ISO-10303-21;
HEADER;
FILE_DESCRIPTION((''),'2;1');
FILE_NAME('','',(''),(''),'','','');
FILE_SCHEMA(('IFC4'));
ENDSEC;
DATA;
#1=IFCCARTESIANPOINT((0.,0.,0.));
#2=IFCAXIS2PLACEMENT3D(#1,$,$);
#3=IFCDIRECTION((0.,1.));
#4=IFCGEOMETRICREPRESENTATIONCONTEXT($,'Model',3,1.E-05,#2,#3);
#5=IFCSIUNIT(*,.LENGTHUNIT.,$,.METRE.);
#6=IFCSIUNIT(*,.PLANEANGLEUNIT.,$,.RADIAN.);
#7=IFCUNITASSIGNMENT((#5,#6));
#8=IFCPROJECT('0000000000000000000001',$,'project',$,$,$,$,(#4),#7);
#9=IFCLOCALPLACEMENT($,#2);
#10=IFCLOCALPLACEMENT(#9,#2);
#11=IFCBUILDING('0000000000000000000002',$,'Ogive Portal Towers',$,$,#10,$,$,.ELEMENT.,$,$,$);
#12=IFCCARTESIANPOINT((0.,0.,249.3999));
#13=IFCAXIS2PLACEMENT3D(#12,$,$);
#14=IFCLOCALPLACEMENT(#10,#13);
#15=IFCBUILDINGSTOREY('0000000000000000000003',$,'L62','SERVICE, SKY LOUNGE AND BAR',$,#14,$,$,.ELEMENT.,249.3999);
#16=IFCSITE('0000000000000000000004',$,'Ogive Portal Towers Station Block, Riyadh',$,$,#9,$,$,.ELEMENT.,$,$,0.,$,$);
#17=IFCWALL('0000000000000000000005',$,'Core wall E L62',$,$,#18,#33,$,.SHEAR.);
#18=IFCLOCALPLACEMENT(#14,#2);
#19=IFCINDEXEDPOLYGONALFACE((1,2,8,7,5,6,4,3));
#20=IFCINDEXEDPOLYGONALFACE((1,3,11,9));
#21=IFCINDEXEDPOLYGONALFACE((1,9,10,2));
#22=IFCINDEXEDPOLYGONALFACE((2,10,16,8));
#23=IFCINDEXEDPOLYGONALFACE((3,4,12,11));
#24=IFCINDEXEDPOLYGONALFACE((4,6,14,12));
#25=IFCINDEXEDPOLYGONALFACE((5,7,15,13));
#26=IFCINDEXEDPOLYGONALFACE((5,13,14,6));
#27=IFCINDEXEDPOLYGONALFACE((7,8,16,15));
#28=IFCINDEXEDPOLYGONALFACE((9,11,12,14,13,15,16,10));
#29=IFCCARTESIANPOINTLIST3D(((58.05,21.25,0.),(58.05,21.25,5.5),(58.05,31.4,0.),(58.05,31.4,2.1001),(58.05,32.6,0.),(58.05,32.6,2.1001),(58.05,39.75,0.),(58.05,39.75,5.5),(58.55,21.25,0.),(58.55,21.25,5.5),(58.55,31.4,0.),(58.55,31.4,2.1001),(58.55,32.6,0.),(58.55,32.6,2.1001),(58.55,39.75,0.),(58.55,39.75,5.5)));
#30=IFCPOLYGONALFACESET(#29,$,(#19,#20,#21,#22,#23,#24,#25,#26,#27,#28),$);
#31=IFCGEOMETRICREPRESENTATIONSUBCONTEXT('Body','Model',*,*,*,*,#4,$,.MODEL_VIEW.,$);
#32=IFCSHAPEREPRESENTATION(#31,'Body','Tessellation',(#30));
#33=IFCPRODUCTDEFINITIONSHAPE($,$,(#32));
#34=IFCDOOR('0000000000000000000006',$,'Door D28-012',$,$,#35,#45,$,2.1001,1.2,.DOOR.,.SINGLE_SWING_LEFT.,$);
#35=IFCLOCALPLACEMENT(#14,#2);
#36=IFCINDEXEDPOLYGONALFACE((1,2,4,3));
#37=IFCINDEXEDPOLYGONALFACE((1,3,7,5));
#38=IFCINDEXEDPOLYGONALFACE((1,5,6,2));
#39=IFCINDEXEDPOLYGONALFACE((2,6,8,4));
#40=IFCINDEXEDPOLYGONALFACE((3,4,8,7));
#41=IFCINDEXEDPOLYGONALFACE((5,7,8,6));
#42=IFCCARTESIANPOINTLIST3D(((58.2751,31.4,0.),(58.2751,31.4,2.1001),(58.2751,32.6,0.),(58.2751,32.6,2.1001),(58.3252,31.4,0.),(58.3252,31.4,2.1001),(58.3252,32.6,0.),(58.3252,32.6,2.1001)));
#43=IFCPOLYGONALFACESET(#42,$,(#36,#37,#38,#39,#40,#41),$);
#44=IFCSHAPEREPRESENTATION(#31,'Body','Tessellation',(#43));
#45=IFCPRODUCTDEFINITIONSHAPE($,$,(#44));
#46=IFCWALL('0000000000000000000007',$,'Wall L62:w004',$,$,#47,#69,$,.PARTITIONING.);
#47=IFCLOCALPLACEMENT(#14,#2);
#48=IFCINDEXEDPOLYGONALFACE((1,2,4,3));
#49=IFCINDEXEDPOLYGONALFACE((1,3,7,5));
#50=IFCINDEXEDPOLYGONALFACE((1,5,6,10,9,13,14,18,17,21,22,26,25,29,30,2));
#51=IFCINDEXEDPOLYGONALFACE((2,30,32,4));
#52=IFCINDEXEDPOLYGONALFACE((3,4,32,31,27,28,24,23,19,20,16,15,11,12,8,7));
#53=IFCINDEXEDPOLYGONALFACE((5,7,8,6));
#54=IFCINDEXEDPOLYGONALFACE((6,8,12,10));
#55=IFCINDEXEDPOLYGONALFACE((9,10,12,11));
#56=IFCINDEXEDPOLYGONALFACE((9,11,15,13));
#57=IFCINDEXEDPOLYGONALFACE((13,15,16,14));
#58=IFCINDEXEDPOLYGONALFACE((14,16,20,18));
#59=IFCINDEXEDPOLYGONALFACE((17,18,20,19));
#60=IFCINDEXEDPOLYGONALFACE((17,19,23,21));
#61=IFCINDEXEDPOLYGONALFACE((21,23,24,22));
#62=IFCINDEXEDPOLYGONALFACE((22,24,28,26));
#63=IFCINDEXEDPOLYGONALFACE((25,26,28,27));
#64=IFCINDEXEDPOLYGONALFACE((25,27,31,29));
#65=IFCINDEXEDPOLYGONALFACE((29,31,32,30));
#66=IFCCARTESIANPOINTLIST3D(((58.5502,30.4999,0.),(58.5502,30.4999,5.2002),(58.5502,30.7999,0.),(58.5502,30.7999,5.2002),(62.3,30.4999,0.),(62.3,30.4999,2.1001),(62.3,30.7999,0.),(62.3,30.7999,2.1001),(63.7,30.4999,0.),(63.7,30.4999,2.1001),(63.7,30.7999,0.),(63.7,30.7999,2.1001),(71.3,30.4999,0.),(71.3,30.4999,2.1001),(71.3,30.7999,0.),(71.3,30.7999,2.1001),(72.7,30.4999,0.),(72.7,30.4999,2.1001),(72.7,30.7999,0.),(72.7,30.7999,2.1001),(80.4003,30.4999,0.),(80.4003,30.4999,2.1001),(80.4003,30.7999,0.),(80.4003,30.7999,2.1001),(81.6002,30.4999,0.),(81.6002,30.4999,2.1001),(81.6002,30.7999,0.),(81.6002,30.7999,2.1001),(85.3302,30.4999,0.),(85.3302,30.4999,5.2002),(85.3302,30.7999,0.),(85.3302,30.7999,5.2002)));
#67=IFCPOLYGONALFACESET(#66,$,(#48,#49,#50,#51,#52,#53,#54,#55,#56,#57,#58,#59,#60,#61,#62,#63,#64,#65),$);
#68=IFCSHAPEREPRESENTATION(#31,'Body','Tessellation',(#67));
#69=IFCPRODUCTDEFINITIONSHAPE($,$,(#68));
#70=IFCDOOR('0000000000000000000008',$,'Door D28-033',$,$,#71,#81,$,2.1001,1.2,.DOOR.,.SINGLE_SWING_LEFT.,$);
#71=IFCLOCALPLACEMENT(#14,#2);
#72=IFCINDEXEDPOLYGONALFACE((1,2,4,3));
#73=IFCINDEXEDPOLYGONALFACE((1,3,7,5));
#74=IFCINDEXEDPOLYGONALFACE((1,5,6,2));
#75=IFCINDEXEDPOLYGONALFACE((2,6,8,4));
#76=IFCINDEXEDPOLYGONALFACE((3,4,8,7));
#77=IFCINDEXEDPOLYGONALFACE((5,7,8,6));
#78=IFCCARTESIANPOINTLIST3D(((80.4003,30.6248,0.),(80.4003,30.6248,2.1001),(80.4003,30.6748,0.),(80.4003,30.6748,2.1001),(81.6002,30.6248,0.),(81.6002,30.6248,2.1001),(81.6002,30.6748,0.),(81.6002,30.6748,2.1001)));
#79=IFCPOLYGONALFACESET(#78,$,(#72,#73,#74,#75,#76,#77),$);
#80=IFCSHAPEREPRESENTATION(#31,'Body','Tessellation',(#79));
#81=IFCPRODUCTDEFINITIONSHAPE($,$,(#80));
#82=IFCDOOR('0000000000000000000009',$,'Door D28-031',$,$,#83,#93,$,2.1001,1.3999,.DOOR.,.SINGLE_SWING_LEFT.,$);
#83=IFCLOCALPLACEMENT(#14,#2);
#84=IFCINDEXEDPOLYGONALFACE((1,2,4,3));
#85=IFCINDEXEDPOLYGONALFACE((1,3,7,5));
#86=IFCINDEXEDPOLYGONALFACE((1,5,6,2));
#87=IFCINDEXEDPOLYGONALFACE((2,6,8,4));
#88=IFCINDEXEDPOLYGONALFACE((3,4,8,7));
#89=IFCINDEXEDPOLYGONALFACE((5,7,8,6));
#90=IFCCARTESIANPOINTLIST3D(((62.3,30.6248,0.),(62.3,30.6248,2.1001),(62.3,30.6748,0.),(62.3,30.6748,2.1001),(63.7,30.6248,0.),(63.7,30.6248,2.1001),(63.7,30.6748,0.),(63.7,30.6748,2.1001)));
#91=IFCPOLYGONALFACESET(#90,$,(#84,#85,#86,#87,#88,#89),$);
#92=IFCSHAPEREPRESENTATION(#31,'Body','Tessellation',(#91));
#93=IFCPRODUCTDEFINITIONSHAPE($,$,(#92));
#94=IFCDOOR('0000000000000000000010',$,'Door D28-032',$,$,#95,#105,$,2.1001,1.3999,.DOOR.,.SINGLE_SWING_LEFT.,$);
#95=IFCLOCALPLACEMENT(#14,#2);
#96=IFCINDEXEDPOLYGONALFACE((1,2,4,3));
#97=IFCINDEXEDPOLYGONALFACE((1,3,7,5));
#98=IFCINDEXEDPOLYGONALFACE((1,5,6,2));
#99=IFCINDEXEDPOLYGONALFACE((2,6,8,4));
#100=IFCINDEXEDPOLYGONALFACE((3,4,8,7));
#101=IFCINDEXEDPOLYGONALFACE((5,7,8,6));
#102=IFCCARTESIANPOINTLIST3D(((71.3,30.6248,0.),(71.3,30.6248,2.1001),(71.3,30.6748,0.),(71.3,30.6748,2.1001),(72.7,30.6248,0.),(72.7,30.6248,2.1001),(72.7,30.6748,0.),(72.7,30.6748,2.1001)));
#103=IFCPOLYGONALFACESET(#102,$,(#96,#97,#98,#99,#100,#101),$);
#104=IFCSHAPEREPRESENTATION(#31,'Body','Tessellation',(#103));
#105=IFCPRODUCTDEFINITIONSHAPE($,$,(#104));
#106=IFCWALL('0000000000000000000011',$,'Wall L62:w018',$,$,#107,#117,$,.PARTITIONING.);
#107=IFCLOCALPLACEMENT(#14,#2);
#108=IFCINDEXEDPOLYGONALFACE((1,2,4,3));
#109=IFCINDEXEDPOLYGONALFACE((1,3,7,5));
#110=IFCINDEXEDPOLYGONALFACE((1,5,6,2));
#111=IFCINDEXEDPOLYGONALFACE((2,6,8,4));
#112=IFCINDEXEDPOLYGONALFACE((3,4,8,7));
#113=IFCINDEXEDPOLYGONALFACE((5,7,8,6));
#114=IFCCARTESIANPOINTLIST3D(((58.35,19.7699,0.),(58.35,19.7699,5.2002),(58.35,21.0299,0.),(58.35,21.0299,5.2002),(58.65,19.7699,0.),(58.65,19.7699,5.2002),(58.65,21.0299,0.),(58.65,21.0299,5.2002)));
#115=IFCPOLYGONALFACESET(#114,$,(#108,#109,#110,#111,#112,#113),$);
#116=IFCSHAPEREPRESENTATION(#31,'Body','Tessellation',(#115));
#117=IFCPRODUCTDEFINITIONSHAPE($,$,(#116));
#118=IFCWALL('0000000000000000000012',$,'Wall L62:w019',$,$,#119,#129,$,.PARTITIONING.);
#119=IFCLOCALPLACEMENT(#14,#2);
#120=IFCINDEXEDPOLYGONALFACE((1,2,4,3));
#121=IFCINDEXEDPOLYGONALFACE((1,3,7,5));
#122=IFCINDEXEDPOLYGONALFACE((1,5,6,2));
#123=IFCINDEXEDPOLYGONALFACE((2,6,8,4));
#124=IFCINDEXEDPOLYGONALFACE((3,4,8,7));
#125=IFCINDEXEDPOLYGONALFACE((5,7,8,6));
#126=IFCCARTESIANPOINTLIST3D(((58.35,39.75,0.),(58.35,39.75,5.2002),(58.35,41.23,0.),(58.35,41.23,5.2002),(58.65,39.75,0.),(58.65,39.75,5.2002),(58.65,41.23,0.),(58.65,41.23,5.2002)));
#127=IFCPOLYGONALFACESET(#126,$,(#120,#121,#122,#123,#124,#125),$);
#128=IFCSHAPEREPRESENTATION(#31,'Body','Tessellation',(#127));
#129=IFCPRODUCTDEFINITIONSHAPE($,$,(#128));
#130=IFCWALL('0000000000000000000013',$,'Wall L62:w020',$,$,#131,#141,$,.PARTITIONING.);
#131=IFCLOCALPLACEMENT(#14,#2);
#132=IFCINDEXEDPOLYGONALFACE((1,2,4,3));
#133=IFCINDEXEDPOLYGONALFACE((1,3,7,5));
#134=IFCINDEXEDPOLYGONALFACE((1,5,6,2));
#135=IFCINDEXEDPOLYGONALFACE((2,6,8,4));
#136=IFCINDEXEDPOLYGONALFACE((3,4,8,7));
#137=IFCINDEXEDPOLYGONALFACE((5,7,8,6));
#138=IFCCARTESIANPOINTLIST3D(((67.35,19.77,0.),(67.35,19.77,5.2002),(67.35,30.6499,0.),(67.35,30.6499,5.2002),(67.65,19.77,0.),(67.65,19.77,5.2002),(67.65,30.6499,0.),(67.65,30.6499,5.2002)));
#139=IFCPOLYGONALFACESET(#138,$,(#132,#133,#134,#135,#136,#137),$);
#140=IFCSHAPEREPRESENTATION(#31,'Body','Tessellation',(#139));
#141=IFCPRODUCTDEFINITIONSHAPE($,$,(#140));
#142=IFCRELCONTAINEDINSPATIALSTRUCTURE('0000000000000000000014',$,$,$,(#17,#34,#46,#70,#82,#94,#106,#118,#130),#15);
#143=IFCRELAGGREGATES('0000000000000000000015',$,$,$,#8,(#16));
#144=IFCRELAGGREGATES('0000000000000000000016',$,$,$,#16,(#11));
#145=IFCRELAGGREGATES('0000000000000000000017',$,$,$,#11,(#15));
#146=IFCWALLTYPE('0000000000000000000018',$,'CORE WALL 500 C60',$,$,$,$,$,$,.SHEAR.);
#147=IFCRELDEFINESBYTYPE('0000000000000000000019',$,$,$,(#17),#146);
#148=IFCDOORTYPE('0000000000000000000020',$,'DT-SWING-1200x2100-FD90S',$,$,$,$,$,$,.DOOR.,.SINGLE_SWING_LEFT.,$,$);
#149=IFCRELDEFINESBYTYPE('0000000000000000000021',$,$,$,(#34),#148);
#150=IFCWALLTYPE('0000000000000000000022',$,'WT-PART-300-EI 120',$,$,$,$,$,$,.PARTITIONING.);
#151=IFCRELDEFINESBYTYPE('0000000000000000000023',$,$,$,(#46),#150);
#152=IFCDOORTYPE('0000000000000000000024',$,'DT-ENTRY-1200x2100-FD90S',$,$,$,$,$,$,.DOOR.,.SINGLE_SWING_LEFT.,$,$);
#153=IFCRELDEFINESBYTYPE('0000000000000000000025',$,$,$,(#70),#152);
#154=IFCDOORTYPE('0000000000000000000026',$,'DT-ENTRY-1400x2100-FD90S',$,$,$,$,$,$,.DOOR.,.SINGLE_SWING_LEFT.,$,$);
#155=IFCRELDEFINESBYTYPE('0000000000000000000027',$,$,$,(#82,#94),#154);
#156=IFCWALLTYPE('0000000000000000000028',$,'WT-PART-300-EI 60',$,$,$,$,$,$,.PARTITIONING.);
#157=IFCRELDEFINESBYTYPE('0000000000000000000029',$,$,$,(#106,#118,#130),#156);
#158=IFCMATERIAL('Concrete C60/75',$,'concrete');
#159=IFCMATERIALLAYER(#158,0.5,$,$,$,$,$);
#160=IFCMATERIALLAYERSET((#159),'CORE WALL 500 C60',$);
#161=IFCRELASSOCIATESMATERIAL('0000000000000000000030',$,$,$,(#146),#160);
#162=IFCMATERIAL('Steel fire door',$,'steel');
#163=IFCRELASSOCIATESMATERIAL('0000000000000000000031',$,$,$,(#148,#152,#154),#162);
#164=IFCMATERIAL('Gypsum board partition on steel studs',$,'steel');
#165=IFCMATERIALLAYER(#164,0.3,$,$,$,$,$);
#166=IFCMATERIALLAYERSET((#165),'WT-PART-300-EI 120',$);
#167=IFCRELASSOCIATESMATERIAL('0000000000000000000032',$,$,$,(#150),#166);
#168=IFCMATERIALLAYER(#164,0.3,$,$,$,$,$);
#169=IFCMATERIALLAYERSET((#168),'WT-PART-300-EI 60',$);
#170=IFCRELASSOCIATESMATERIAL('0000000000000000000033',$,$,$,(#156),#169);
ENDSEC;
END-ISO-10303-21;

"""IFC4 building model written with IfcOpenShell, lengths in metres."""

from ifc_helpers import new_model, si_unit, direction, frame, frame_2d, origin, place, context, subcontext, project, spatial, rectangle, extrude, material, layer, layer_set, type_object, element, fill, save


model = new_model("IFC4")

# Units and contexts
model_context = context("Model", 3, precision=1e-05, world=origin(), true_north=direction((0.0, 1.0)))
body_context = subcontext(model_context, "Body", "Model", "MODEL_VIEW")
ifc_project = project(units=[si_unit("LENGTHUNIT", "METRE"), si_unit("PLANEANGLEUNIT", "RADIAN")], contexts=[model_context])

# Site, building, storey
site_placement = place(None, origin())
site = spatial("IfcSite", under=ifc_project, at=site_placement, Name="Ogive Portal Towers Station Block, Riyadh", CompositionType="ELEMENT", RefElevation=0.0)
building_placement = place(site_placement, origin())
building = spatial("IfcBuilding", under=site, at=building_placement, Name="Ogive Portal Towers", CompositionType="ELEMENT")
storey_placement = place(building_placement, frame((0.0, 0.0, 249.3999)))
storey = spatial("IfcBuildingStorey", under=building, at=storey_placement, Name="L62", Description="SERVICE, SKY LOUNGE AND BAR", CompositionType="ELEMENT", Elevation=249.3999)

# Shared definitions
ifc_material_1 = material(Name="Concrete C60/75", Category="concrete")

# Wall, opening, door
ifc_layer_1 = layer(ifc_material_1, 0.5)
ifc_layer_set_1 = layer_set([ifc_layer_1], Name="CORE WALL 500 C60")
wall_type_1 = type_object("IfcWallType", Name="CORE WALL 500 C60", PredefinedType="SHEAR", material=ifc_layer_set_1)
wall_1_placement = place(storey_placement, frame((58.3, 21.25, 0.0), z_axis=(0.0, 0.0, 1.0), x_axis=(0.0, 1.0, 0.0)))
wall_1 = element("IfcWall", 1, at=wall_1_placement, inside=storey, type_object=wall_type_1, Name="Core wall E L62", PredefinedType="SHEAR", context=body_context, shape_type="SweptSolid", body=[
    extrude(rectangle(XDim=18.5, YDim=0.5, at=frame_2d((9.25, 0.0))), origin(), (0.0, 0.0, 1.0), 5.5),
])
opening_1_placement = place(wall_1_placement, frame((10.1499, 0.0, 0.0)))
opening_1 = element("IfcOpeningElement", 2, at=opening_1_placement, cuts=wall_1, PredefinedType="OPENING", context=body_context, shape_type="SweptSolid", body=[
    extrude(rectangle(XDim=1.2, YDim=2.1001, at=frame_2d((0.6001, 1.05))), frame((0.0, 0.26, 0.0), z_axis=(0.0, -1.0, 0.0), x_axis=(1.0, 0.0, 0.0)), (0.0, 0.0, 1.0), 0.52),
])
ifc_material_2 = material(Name="Steel fire door", Category="steel")
door_type_1 = type_object("IfcDoorType", Name="DT-SWING-1200x2100-FD90S", OperationType="SINGLE_SWING_LEFT", PredefinedType="DOOR", material=ifc_material_2)
door_1_placement = place(opening_1_placement, origin())
door_1 = element("IfcDoor", 3, at=door_1_placement, inside=storey, type_object=door_type_1, Name="Door D28-012", OperationType="SINGLE_SWING_LEFT", OverallHeight=2.1001, OverallWidth=1.2, PredefinedType="DOOR", context=body_context, shape_type="SweptSolid", body=[
    extrude(rectangle(XDim=1.2, YDim=2.1001, at=frame_2d((0.6001, 1.05))), frame((0.0, 0.0249, 0.0), z_axis=(0.0, -1.0, 0.0), x_axis=(1.0, 0.0, 0.0)), (0.0, 0.0, 1.0), 0.05),
])
fill(opening_1, door_1)

# Wall, openings, doors
ifc_material_3 = material(Name="Gypsum board partition on steel studs", Category="steel")
ifc_layer_2 = layer(ifc_material_3, 0.3)
ifc_layer_set_2 = layer_set([ifc_layer_2], Name="WT-PART-300-EI 120")
wall_type_2 = type_object("IfcWallType", Name="WT-PART-300-EI 120", PredefinedType="PARTITIONING", material=ifc_layer_set_2)
wall_2_placement = place(storey_placement, frame((58.55, 30.6499, 0.0), z_axis=(0.0, 0.0, 1.0), x_axis=(1.0, 0.0, 0.0)))
wall_2 = element("IfcWall", 4, at=wall_2_placement, inside=storey, type_object=wall_type_2, Name="Wall L62:w004", PredefinedType="PARTITIONING", context=body_context, shape_type="SweptSolid", body=[
    extrude(rectangle(XDim=26.78, YDim=0.3, at=frame_2d((13.3901, 0.0))), origin(), (0.0, 0.0, 1.0), 5.2002),
])
opening_2_placement = place(wall_2_placement, frame((3.75, 0.0, 0.0)))
opening_2 = element("IfcOpeningElement", 5, at=opening_2_placement, cuts=wall_2, PredefinedType="OPENING", context=body_context, shape_type="SweptSolid", body=[
    extrude(rectangle(XDim=1.3999, YDim=2.1001, at=frame_2d((0.7, 1.05))), frame((0.0, 0.1602, 0.0), z_axis=(0.0, -1.0, 0.0), x_axis=(1.0, 0.0, 0.0)), (0.0, 0.0, 1.0), 0.3201),
])
opening_3_placement = place(wall_2_placement, frame((12.75, 0.0, 0.0)))
opening_3 = element("IfcOpeningElement", 6, at=opening_3_placement, cuts=wall_2, PredefinedType="OPENING", context=body_context, shape_type="SweptSolid", body=[
    extrude(rectangle(XDim=1.3999, YDim=2.1001, at=frame_2d((0.7, 1.05))), frame((0.0, 0.1602, 0.0), z_axis=(0.0, -1.0, 0.0), x_axis=(1.0, 0.0, 0.0)), (0.0, 0.0, 1.0), 0.3201),
])
opening_4_placement = place(wall_2_placement, frame((21.8501, 0.0, 0.0)))
opening_4 = element("IfcOpeningElement", 7, at=opening_4_placement, cuts=wall_2, PredefinedType="OPENING", context=body_context, shape_type="SweptSolid", body=[
    extrude(rectangle(XDim=1.2, YDim=2.1001, at=frame_2d((0.6001, 1.05))), frame((0.0, 0.1602, 0.0), z_axis=(0.0, -1.0, 0.0), x_axis=(1.0, 0.0, 0.0)), (0.0, 0.0, 1.0), 0.3201),
])
door_type_2 = type_object("IfcDoorType", Name="DT-ENTRY-1200x2100-FD90S", OperationType="SINGLE_SWING_LEFT", PredefinedType="DOOR", material=ifc_material_2)
door_2_placement = place(opening_4_placement, origin())
door_2 = element("IfcDoor", 8, at=door_2_placement, inside=storey, type_object=door_type_2, Name="Door D28-033", OperationType="SINGLE_SWING_LEFT", OverallHeight=2.1001, OverallWidth=1.2, PredefinedType="DOOR", context=body_context, shape_type="SweptSolid", body=[
    extrude(rectangle(XDim=1.2, YDim=2.1001, at=frame_2d((0.6001, 1.05))), frame((0.0, 0.0249, 0.0), z_axis=(0.0, -1.0, 0.0), x_axis=(1.0, 0.0, 0.0)), (0.0, 0.0, 1.0), 0.05),
])
fill(opening_4, door_2)
door_type_3 = type_object("IfcDoorType", Name="DT-ENTRY-1400x2100-FD90S", OperationType="SINGLE_SWING_LEFT", PredefinedType="DOOR", material=ifc_material_2)
door_3_placement = place(opening_2_placement, origin())
door_3 = element("IfcDoor", 9, at=door_3_placement, inside=storey, type_object=door_type_3, Name="Door D28-031", OperationType="SINGLE_SWING_LEFT", OverallHeight=2.1001, OverallWidth=1.3999, PredefinedType="DOOR", context=body_context, shape_type="SweptSolid", body=[
    extrude(rectangle(XDim=1.3999, YDim=2.1001, at=frame_2d((0.7, 1.05))), frame((0.0, 0.0249, 0.0), z_axis=(0.0, -1.0, 0.0), x_axis=(1.0, 0.0, 0.0)), (0.0, 0.0, 1.0), 0.05),
])
fill(opening_2, door_3)
door_4_placement = place(opening_3_placement, origin())
door_4 = element("IfcDoor", 10, at=door_4_placement, inside=storey, type_object=door_type_3, Name="Door D28-032", OperationType="SINGLE_SWING_LEFT", OverallHeight=2.1001, OverallWidth=1.3999, PredefinedType="DOOR", context=body_context, shape_type="SweptSolid", body=[
    extrude(rectangle(XDim=1.3999, YDim=2.1001, at=frame_2d((0.7, 1.05))), frame((0.0, 0.0249, 0.0), z_axis=(0.0, -1.0, 0.0), x_axis=(1.0, 0.0, 0.0)), (0.0, 0.0, 1.0), 0.05),
])
fill(opening_3, door_4)

# Walls
ifc_layer_3 = layer(ifc_material_3, 0.3)
ifc_layer_set_3 = layer_set([ifc_layer_3], Name="WT-PART-300-EI 60")
wall_type_3 = type_object("IfcWallType", Name="WT-PART-300-EI 60", PredefinedType="PARTITIONING", material=ifc_layer_set_3)
wall_3_placement = place(storey_placement, frame((58.5, 19.77, 0.0), z_axis=(0.0, 0.0, 1.0), x_axis=(0.0, 1.0, 0.0)))
element("IfcWall", 11, at=wall_3_placement, inside=storey, type_object=wall_type_3, Name="Wall L62:w018", PredefinedType="PARTITIONING", context=body_context, shape_type="SweptSolid", body=[
    extrude(rectangle(XDim=1.26, YDim=0.3, at=frame_2d((0.6299, 0.0))), origin(), (0.0, 0.0, 1.0), 5.2002),
])
wall_4_placement = place(storey_placement, frame((58.5, 39.75, 0.0), z_axis=(0.0, 0.0, 1.0), x_axis=(0.0, 1.0, 0.0)))
element("IfcWall", 12, at=wall_4_placement, inside=storey, type_object=wall_type_3, Name="Wall L62:w019", PredefinedType="PARTITIONING", context=body_context, shape_type="SweptSolid", body=[
    extrude(rectangle(XDim=1.48, YDim=0.3, at=frame_2d((0.74, 0.0))), origin(), (0.0, 0.0, 1.0), 5.2002),
])
wall_5_placement = place(storey_placement, frame((67.5, 19.77, 0.0), z_axis=(0.0, 0.0, 1.0), x_axis=(0.0, 1.0, 0.0)))
element("IfcWall", 13, at=wall_5_placement, inside=storey, type_object=wall_type_3, Name="Wall L62:w020", PredefinedType="PARTITIONING", context=body_context, shape_type="SweptSolid", body=[
    extrude(rectangle(XDim=10.8799, YDim=0.3, at=frame_2d((5.4399, 0.0))), origin(), (0.0, 0.0, 1.0), 5.2002),
])

save(model, "model.ifc")
